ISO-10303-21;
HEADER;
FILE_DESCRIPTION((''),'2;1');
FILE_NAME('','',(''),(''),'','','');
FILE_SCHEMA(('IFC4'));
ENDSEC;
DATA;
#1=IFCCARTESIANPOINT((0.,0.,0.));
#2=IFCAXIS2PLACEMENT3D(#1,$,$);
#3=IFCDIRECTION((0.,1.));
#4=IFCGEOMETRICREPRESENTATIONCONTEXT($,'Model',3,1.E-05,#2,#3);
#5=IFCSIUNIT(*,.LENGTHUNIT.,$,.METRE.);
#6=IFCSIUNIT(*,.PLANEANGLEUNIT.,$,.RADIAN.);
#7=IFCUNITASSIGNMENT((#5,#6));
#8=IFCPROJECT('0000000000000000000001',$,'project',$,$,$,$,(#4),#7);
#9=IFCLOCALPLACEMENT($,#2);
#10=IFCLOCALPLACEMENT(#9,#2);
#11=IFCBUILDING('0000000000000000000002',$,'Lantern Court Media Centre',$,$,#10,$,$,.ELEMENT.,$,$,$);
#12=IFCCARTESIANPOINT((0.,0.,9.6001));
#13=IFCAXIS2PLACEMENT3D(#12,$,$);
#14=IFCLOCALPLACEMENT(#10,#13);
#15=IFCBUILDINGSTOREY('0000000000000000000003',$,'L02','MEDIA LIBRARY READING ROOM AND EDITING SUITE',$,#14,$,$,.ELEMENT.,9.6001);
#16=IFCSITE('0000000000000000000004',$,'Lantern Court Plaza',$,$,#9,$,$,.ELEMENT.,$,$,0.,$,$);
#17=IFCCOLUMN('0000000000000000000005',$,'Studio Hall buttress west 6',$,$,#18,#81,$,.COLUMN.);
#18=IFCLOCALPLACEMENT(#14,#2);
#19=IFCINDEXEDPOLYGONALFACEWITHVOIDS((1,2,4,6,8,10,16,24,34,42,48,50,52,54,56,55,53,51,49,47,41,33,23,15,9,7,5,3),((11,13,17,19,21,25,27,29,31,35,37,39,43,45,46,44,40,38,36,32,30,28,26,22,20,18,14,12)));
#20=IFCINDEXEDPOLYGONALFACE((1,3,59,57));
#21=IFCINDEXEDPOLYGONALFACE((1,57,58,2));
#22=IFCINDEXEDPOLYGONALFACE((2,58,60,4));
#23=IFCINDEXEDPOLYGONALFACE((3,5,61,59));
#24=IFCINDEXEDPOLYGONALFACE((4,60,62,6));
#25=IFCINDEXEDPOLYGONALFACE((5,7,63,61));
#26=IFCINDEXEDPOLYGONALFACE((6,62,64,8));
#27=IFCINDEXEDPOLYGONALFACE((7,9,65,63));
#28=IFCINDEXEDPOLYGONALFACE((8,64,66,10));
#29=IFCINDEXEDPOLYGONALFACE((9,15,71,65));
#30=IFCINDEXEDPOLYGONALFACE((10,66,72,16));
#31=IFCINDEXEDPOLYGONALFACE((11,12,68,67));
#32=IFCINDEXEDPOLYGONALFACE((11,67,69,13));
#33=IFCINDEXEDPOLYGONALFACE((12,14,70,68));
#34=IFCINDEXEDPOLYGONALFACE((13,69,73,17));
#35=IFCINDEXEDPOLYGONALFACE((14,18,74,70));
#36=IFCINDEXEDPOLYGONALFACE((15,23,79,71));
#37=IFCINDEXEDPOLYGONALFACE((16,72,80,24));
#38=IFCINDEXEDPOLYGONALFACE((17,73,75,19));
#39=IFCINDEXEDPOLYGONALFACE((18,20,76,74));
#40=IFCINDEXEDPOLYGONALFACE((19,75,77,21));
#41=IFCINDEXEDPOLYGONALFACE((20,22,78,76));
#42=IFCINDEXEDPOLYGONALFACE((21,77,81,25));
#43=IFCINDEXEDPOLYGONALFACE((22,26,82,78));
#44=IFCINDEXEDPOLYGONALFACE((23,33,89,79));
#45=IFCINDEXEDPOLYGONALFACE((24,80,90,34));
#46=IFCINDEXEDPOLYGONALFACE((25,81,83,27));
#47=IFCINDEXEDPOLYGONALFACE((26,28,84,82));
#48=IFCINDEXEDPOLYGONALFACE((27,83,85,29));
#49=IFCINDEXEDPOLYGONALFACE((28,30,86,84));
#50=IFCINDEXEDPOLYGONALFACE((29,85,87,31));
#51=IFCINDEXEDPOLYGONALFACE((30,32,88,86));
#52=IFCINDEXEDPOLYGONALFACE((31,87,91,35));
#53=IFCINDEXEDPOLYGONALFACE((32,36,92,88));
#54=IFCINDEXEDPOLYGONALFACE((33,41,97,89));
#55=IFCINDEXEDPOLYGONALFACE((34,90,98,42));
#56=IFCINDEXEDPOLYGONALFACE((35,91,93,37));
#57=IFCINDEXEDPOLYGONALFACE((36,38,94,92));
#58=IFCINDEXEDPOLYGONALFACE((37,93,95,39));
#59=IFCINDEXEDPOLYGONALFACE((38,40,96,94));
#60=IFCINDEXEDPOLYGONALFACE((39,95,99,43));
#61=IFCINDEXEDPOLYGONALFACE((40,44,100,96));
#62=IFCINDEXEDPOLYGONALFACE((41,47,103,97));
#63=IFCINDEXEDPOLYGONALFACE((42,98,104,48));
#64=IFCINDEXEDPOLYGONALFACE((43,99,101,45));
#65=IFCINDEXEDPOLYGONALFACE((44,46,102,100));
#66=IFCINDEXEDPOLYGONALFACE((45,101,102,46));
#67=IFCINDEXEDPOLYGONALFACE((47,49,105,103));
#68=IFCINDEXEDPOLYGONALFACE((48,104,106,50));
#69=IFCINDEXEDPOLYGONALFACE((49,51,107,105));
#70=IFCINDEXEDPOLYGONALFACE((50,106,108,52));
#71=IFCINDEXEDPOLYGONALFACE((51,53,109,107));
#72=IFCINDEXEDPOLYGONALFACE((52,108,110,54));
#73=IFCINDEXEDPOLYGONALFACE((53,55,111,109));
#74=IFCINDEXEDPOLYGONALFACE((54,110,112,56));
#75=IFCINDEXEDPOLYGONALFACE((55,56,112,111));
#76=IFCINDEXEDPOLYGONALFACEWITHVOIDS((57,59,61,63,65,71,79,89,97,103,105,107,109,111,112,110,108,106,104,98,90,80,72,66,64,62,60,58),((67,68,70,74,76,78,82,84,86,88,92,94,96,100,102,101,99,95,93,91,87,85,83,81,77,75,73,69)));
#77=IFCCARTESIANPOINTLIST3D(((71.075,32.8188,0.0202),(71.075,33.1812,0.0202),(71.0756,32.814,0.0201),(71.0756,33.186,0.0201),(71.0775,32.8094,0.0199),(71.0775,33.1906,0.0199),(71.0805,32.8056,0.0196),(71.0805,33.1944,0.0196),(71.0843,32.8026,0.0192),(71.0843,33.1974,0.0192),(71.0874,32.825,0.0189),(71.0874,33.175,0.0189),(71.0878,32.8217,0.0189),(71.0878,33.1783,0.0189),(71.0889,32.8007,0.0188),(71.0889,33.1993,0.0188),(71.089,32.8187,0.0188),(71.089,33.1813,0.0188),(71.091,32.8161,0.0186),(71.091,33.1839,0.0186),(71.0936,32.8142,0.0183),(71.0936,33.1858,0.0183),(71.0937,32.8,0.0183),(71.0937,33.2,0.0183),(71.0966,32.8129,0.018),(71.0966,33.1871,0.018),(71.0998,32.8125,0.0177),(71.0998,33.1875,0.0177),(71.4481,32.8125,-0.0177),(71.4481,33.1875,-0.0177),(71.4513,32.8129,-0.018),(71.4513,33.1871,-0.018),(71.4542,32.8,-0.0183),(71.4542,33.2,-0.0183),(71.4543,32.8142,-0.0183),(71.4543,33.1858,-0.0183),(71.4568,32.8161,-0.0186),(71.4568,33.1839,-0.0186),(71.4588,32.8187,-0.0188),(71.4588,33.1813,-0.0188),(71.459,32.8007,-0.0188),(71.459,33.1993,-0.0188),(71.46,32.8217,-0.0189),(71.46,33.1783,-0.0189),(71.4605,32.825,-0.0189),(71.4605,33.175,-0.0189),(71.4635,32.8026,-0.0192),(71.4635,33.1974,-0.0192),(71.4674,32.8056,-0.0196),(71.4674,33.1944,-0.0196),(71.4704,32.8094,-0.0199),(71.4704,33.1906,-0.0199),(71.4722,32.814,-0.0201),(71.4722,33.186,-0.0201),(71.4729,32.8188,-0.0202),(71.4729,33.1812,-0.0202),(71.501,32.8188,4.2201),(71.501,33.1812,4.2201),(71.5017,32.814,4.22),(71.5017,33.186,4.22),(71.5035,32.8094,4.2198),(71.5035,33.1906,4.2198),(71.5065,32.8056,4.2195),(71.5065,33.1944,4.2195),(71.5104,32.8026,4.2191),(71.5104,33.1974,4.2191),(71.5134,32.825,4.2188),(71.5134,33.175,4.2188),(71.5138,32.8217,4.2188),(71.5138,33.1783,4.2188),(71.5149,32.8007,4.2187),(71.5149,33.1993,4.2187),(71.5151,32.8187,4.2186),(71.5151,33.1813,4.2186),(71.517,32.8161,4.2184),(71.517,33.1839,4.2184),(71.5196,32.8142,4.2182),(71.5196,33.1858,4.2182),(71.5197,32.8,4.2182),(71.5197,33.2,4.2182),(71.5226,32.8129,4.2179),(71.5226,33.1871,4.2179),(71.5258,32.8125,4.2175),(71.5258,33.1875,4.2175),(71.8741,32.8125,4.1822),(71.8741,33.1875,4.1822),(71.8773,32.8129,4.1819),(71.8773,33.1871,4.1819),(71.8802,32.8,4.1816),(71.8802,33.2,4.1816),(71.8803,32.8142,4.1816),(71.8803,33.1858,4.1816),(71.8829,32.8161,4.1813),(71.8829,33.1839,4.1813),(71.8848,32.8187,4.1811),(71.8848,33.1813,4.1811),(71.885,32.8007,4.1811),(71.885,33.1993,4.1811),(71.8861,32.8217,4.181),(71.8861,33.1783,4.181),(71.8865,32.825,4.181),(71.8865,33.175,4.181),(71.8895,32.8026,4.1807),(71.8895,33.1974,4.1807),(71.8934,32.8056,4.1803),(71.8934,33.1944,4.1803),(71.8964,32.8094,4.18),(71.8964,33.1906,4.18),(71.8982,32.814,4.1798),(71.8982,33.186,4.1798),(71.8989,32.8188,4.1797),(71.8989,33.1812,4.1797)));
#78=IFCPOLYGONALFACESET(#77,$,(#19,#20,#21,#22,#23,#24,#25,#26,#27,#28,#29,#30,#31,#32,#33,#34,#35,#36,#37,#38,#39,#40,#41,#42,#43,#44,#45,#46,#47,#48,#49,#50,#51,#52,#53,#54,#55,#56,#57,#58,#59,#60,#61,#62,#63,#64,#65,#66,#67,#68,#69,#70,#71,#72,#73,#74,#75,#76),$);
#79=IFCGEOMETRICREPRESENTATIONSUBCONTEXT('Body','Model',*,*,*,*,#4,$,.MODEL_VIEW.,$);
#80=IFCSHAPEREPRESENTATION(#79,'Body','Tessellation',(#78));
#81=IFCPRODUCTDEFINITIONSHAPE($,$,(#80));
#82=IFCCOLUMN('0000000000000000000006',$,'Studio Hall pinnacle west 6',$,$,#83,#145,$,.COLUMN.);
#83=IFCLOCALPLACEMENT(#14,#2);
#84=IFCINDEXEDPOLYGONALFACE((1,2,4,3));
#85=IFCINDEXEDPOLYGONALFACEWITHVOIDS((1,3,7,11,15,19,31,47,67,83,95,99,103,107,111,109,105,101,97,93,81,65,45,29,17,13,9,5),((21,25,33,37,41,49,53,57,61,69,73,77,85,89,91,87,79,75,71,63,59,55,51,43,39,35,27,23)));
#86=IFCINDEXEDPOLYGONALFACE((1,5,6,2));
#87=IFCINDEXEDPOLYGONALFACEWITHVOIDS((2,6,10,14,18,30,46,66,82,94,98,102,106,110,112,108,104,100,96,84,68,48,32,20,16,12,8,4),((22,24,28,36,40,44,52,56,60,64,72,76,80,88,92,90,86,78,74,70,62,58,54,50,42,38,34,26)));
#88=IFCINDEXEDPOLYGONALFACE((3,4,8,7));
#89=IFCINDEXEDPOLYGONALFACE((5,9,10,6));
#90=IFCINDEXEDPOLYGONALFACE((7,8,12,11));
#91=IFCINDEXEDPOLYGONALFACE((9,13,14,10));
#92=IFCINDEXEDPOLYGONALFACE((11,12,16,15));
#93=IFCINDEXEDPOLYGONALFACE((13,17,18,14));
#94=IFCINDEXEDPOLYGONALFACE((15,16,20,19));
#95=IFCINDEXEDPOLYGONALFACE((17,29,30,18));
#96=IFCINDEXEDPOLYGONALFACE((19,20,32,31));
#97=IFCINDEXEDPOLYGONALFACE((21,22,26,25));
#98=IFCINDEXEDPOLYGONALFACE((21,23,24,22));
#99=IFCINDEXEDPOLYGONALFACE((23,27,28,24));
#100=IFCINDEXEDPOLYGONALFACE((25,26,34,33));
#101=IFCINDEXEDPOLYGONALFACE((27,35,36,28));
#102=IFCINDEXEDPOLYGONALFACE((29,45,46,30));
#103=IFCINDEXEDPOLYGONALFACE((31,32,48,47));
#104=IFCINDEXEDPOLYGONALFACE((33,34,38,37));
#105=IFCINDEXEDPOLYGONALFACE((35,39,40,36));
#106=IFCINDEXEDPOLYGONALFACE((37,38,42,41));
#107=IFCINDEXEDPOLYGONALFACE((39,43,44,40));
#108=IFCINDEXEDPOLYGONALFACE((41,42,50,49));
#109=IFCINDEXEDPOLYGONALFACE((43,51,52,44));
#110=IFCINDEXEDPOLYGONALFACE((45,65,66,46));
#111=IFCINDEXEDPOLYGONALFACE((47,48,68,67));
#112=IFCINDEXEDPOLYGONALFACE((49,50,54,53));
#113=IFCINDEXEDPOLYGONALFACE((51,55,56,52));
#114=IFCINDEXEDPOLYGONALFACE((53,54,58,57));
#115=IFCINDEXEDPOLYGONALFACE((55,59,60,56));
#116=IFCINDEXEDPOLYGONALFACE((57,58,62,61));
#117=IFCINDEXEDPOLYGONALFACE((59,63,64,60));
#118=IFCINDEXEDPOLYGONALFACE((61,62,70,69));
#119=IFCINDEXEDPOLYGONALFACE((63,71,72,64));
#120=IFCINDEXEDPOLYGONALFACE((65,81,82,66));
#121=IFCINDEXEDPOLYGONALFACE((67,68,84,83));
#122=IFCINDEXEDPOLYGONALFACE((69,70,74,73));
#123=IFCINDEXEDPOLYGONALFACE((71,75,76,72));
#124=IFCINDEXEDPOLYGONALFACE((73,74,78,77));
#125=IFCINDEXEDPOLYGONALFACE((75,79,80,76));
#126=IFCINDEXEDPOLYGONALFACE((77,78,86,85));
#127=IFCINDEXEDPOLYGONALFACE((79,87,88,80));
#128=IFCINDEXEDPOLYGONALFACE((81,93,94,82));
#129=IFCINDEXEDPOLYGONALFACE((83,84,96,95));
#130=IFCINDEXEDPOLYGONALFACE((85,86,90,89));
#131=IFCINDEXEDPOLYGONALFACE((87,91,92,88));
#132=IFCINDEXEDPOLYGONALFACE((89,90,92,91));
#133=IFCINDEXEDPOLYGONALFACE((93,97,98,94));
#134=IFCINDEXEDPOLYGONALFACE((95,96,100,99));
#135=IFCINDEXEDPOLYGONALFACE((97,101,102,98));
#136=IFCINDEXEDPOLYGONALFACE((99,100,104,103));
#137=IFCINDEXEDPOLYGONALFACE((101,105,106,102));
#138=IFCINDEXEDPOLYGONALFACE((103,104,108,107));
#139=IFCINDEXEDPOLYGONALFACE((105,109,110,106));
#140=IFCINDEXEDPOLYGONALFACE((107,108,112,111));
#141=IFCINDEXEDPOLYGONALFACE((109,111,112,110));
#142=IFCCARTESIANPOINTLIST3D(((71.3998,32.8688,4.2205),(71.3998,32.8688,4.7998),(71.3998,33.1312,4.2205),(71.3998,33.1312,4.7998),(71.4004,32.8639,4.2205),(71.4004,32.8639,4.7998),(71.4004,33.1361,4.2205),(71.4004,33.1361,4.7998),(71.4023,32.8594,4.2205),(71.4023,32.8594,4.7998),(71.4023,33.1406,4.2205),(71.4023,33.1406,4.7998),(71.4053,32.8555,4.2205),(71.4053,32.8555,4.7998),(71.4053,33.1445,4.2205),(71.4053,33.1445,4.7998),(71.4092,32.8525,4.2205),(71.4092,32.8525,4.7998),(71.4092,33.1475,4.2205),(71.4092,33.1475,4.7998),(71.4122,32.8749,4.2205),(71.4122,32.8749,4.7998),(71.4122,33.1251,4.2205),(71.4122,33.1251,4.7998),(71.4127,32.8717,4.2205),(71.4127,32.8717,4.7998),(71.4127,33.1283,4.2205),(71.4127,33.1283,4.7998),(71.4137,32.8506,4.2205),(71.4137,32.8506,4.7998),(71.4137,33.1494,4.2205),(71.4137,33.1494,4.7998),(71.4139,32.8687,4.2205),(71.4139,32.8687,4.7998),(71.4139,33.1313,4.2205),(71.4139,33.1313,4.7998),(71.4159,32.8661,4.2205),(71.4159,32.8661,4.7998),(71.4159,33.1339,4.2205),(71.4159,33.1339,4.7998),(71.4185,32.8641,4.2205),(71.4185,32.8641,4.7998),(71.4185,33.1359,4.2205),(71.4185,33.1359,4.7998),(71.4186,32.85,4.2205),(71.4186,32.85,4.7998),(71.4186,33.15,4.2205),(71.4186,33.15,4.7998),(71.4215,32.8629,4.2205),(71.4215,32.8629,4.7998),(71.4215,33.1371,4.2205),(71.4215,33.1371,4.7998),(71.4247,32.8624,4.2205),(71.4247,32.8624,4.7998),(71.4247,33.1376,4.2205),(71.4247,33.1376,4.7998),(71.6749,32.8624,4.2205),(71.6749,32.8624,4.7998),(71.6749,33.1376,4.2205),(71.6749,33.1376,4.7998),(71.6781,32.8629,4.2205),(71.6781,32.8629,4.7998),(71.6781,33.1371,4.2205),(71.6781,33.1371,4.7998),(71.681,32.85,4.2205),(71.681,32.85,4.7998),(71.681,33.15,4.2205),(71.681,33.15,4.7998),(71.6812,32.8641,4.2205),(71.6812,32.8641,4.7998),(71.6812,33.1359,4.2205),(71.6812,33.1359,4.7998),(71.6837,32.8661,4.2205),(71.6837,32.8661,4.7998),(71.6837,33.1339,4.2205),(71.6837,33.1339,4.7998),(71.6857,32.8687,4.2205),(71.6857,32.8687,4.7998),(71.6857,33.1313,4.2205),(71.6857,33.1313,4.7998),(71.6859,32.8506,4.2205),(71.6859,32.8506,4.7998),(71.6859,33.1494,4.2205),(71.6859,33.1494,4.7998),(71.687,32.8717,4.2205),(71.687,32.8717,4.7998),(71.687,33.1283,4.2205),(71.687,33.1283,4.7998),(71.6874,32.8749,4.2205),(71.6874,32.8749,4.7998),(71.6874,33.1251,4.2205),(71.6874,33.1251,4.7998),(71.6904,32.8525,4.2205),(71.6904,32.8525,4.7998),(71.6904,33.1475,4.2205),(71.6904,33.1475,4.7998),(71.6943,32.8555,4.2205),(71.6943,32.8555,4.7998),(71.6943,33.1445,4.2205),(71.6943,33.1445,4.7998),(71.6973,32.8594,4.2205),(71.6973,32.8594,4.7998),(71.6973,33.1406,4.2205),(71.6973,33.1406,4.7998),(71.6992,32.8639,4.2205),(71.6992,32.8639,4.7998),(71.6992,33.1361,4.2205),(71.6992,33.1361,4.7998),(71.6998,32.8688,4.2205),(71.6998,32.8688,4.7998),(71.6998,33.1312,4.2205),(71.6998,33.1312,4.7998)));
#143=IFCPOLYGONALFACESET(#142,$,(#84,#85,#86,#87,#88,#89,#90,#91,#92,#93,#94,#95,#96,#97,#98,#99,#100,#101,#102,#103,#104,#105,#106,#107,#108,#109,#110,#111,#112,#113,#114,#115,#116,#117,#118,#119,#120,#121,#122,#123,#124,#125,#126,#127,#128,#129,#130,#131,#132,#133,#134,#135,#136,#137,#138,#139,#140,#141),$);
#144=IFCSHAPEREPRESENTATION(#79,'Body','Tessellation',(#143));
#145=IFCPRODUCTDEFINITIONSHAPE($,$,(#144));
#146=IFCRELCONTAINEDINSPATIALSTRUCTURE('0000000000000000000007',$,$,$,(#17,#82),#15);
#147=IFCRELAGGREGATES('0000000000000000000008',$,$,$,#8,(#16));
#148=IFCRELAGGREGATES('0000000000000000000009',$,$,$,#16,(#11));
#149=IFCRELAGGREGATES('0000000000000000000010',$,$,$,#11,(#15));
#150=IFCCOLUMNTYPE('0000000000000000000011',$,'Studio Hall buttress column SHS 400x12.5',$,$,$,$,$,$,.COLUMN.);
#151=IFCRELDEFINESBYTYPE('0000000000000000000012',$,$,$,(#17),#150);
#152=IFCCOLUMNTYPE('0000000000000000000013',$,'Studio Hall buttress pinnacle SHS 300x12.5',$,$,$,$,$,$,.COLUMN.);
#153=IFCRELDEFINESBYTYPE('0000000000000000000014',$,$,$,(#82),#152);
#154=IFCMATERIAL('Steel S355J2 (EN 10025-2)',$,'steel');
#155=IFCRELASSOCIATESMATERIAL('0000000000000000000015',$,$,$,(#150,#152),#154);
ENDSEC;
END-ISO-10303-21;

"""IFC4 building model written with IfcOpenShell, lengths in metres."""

from ifc_helpers import new_model, si_unit, direction, frame, origin, origin_2d, place, context, subcontext, project, spatial, hollow_rectangle, extrude, material, material_profile, profile_set, type_object, element, save


model = new_model("IFC4")

# Units and contexts
model_context = context("Model", 3, precision=1e-05, world=origin(), true_north=direction((0.0, 1.0)))
body_context = subcontext(model_context, "Body", "Model", "MODEL_VIEW")
ifc_project = project(units=[si_unit("LENGTHUNIT", "METRE"), si_unit("PLANEANGLEUNIT", "RADIAN")], contexts=[model_context])

# Site, building, storey
site_placement = place(None, origin())
site = spatial("IfcSite", under=ifc_project, at=site_placement, Name="Lantern Court Plaza", CompositionType="ELEMENT", RefElevation=0.0)
building_placement = place(site_placement, origin())
building = spatial("IfcBuilding", under=site, at=building_placement, Name="Lantern Court Media Centre", CompositionType="ELEMENT")
storey_placement = place(building_placement, frame((0.0, 0.0, 9.6001)))
storey = spatial("IfcBuildingStorey", under=building, at=storey_placement, Name="L02", Description="MEDIA LIBRARY READING ROOM AND EDITING SUITE", CompositionType="ELEMENT", Elevation=9.6001)

# Columns
ifc_material_1 = material(Name="Steel S355J2 (EN 10025-2)", Category="steel")
ifc_material_profile_1 = material_profile(ifc_material_1, hollow_rectangle(XDim=0.3999, YDim=0.3999, WallThickness=0.0125, InnerFilletRadius=0.0125, OuterFilletRadius=0.0188, at=origin_2d()), Name="Studio Hall buttress column SHS 400x12.5")
ifc_profile_set_1 = profile_set([ifc_material_profile_1], Name="Steel S355J2 (EN 10025-2)")
column_type_1 = type_object("IfcColumnType", Name="Studio Hall buttress column SHS 400x12.5", PredefinedType="COLUMN", material=ifc_profile_set_1)
column_1_placement = place(storey_placement, frame((71.2739, 33.0, 0.0), z_axis=(0.100918, 0.0, 0.994895), x_axis=(0.0, 1.0, 0.0)))
element("IfcColumn", 1, at=column_1_placement, inside=storey, type_object=column_type_1, Name="Studio Hall buttress west 6", PredefinedType="COLUMN", context=body_context, shape_type="SweptSolid", body=[
    extrude(hollow_rectangle(XDim=0.3999, YDim=0.3999, WallThickness=0.0125, InnerFilletRadius=0.0125, OuterFilletRadius=0.0188, at=origin_2d()), origin(), (0.0, 0.0, 1.0), 4.2214),
])
ifc_material_profile_2 = material_profile(ifc_material_1, hollow_rectangle(XDim=0.3, YDim=0.3, WallThickness=0.0125, InnerFilletRadius=0.0125, OuterFilletRadius=0.0188, at=origin_2d()), Name="Studio Hall buttress pinnacle SHS 300x12.5")
ifc_profile_set_2 = profile_set([ifc_material_profile_2], Name="Steel S355J2 (EN 10025-2)")
column_type_2 = type_object("IfcColumnType", Name="Studio Hall buttress pinnacle SHS 300x12.5", PredefinedType="COLUMN", material=ifc_profile_set_2)
for number, where, z_axis, x_axis, name in (
    (2, (71.5498, 33.0, 4.2205), (0.0, 0.0, 1.0), (1.0, 0.0, 0.0), "Studio Hall pinnacle west 6"),
):
    element("IfcColumn", number, at=place(storey_placement, frame(where, z_axis=z_axis, x_axis=x_axis)), inside=storey, type_object=column_type_2, Name=name, PredefinedType="COLUMN", context=body_context, shape_type="SweptSolid", body=[
        extrude(hollow_rectangle(XDim=0.3, YDim=0.3, WallThickness=0.0125, InnerFilletRadius=0.0125, OuterFilletRadius=0.0188, at=origin_2d()), origin(), (0.0, 0.0, 1.0), 0.5793),
    ])

save(model, "model.ifc")
